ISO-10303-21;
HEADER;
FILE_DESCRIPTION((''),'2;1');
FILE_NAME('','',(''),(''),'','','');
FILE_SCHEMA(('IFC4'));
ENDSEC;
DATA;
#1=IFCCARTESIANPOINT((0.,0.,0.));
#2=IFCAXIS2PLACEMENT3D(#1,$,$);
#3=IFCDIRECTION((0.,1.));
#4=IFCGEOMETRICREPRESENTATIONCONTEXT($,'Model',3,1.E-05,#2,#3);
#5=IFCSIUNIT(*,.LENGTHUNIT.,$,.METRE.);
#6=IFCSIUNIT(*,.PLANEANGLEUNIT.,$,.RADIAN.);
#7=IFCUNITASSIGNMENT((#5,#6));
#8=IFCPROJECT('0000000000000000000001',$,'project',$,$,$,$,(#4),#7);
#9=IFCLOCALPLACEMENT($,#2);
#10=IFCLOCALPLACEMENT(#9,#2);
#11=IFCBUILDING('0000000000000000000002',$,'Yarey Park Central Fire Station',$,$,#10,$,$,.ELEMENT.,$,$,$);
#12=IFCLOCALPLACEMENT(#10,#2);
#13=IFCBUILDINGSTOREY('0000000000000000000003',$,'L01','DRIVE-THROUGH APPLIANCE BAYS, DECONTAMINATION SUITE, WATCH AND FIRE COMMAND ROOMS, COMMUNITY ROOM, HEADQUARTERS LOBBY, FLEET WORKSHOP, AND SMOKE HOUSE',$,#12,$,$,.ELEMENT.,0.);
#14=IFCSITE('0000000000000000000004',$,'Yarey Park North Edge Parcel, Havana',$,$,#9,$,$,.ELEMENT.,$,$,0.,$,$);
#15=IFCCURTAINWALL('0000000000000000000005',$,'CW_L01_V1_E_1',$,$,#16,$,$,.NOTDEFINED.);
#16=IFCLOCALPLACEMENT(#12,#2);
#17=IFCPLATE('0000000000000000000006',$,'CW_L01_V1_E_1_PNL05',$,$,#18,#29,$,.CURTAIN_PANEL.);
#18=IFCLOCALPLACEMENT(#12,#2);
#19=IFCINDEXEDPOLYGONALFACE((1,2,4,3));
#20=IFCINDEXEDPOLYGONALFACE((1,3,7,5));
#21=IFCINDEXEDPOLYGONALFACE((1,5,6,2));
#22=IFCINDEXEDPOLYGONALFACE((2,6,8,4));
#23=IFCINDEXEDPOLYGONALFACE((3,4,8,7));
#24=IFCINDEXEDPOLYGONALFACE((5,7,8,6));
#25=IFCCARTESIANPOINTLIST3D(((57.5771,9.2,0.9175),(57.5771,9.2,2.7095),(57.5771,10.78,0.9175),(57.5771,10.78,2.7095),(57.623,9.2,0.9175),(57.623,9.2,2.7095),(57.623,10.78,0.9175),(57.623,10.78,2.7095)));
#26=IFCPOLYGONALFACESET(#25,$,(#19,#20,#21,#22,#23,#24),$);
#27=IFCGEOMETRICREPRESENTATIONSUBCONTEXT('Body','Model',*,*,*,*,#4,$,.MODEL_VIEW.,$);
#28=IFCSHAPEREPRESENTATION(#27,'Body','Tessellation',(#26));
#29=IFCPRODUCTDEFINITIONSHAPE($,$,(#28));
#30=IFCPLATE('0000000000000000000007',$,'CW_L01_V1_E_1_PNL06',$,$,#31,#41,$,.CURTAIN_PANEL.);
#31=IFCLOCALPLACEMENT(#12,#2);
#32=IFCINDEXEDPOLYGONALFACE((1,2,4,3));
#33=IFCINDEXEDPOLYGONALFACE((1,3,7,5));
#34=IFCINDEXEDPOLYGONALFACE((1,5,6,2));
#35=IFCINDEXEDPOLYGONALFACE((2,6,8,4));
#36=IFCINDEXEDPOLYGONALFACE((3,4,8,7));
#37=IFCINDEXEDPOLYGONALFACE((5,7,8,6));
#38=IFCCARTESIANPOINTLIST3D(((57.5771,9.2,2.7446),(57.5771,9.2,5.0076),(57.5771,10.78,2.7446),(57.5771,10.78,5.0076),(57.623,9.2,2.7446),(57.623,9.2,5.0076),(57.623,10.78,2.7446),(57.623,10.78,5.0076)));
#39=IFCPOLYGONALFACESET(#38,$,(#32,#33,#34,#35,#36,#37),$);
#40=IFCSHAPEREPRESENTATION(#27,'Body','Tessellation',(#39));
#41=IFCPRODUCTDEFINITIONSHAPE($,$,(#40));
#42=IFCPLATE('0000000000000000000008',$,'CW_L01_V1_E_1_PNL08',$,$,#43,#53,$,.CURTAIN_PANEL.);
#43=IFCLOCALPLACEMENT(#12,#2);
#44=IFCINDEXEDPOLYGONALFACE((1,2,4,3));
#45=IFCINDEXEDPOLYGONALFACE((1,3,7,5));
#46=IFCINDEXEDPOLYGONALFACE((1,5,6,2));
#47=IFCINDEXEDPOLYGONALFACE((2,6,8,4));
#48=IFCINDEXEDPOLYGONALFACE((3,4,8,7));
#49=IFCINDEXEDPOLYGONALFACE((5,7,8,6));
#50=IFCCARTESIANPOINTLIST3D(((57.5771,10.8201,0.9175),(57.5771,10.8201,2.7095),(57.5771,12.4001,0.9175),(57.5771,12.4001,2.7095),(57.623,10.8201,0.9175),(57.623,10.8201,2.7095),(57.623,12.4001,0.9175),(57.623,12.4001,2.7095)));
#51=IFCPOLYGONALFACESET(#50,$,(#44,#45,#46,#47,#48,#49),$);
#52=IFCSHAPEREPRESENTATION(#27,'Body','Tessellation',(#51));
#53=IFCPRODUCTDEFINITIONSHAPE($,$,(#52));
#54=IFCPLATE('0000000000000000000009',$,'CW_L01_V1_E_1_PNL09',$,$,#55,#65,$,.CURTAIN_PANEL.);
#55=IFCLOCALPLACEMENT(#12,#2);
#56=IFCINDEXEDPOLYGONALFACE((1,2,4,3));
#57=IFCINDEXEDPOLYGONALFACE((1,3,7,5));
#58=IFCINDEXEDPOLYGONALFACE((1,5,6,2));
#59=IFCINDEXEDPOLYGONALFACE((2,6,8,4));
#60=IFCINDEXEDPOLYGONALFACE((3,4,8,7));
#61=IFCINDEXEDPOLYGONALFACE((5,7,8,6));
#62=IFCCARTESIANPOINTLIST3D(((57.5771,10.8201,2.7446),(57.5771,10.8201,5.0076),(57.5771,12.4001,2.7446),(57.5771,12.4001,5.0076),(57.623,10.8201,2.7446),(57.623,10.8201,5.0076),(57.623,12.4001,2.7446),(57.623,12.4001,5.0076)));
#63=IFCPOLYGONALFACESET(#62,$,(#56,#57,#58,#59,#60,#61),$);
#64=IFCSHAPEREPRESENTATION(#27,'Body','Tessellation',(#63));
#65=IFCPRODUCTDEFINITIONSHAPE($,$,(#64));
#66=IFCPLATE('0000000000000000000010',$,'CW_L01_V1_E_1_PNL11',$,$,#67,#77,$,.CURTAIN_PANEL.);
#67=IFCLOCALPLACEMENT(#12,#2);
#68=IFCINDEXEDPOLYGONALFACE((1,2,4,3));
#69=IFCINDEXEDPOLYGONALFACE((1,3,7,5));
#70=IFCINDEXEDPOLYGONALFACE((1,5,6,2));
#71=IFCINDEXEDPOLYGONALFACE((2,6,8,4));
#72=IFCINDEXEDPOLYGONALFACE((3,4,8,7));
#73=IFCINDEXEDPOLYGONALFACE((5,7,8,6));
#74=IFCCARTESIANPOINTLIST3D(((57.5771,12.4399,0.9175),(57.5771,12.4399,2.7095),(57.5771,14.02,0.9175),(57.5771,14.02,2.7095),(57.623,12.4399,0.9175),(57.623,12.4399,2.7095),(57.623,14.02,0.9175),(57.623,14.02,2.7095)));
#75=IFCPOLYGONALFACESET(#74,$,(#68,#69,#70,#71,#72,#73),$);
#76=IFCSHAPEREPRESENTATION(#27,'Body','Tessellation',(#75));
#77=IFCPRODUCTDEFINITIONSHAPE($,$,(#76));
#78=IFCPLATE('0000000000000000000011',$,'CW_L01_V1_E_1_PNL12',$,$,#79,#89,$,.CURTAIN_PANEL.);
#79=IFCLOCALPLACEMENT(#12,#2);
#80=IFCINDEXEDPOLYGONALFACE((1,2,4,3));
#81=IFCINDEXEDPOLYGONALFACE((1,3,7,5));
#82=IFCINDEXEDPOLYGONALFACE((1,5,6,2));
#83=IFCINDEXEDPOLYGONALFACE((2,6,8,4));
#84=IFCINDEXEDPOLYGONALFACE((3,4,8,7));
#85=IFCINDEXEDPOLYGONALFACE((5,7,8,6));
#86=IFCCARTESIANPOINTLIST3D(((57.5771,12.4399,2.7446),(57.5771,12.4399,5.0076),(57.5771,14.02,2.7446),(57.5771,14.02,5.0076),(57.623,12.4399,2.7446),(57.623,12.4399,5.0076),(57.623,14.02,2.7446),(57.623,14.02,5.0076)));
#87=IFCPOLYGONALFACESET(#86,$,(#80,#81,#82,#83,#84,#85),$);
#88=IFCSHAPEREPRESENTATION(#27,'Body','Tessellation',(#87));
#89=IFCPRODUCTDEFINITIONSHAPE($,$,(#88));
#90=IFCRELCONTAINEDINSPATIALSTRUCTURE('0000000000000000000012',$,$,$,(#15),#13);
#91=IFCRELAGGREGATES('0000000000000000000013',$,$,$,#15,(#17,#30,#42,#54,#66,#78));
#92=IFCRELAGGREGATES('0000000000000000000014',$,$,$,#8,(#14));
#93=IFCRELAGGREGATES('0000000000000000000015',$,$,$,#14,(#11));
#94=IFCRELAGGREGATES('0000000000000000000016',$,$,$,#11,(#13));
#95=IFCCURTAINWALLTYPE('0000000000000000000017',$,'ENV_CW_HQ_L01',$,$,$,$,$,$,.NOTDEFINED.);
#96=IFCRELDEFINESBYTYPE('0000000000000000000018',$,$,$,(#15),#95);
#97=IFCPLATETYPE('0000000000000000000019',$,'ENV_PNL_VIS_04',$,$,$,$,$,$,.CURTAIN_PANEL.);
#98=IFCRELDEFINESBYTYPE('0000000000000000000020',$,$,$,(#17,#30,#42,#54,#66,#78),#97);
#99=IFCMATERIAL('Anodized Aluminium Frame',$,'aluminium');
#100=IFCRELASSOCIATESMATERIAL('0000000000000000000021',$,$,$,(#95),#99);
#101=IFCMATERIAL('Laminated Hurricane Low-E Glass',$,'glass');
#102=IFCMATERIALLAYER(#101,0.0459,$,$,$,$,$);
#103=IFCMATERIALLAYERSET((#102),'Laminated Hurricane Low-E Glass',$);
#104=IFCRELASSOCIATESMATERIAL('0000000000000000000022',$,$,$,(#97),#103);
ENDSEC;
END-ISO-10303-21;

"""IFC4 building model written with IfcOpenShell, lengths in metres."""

from ifc_helpers import new_model, si_unit, direction, frame, origin, origin_2d, place, context, subcontext, project, spatial, rectangle, extrude, material, layer, layer_set, type_object, element, aggregate, save


model = new_model("IFC4")

# Units and contexts
model_context = context("Model", 3, precision=1e-05, world=origin(), true_north=direction((0.0, 1.0)))
body_context = subcontext(model_context, "Body", "Model", "MODEL_VIEW")
ifc_project = project(units=[si_unit("LENGTHUNIT", "METRE"), si_unit("PLANEANGLEUNIT", "RADIAN")], contexts=[model_context])

# Site, building, storey
site_placement = place(None, origin())
site = spatial("IfcSite", under=ifc_project, at=site_placement, Name="Yarey Park North Edge Parcel, Havana", CompositionType="ELEMENT", RefElevation=0.0)
building_placement = place(site_placement, origin())
building = spatial("IfcBuilding", under=site, at=building_placement, Name="Yarey Park Central Fire Station", CompositionType="ELEMENT")
storey_placement = place(building_placement, origin())
storey = spatial("IfcBuildingStorey", under=building, at=storey_placement, Name="L01", Description="DRIVE-THROUGH APPLIANCE BAYS, DECONTAMINATION SUITE, WATCH AND FIRE COMMAND ROOMS, COMMUNITY ROOM, HEADQUARTERS LOBBY, FLEET WORKSHOP, AND SMOKE HOUSE", CompositionType="ELEMENT", Elevation=0.0)

# Curtain wall
ifc_material_1 = material(Name="Anodized Aluminium Frame", Category="aluminium")
curtain_wall_type = type_object("IfcCurtainWallType", Name="ENV_CW_HQ_L01", PredefinedType="NOTDEFINED", material=ifc_material_1)
curtain_wall_1_placement = place(storey_placement, origin())
curtain_wall_1 = element("IfcCurtainWall", 1, at=curtain_wall_1_placement, inside=storey, type_object=curtain_wall_type, Name="CW_L01_V1_E_1", PredefinedType="NOTDEFINED")

# Plates
ifc_material_2 = material(Name="Laminated Hurricane Low-E Glass", Category="glass")
ifc_layer_1 = layer(ifc_material_2, 0.0459)
ifc_layer_set_1 = layer_set([ifc_layer_1], Name="Laminated Hurricane Low-E Glass")
plate_type_1 = type_object("IfcPlateType", Name="ENV_PNL_VIS_04", PredefinedType="CURTAIN_PANEL", material=ifc_layer_set_1)
plate_1_placement = place(storey_placement, frame((57.6001, 9.99, 0.9175), z_axis=(0.0, 0.0, 1.0), x_axis=(0.0, 1.0, 0.0)))
plate_1 = element("IfcPlate", 2, at=plate_1_placement, type_object=plate_type_1, Name="CW_L01_V1_E_1_PNL05", PredefinedType="CURTAIN_PANEL", context=body_context, shape_type="SweptSolid", body=[
    extrude(rectangle(XDim=1.5801, YDim=0.0459, at=origin_2d()), origin(), (0.0, 0.0, 1.0), 1.792),
])
plate_2_placement = place(storey_placement, frame((57.6001, 9.99, 2.7446), z_axis=(0.0, 0.0, 1.0), x_axis=(0.0, 1.0, 0.0)))
plate_2 = element("IfcPlate", 3, at=plate_2_placement, type_object=plate_type_1, Name="CW_L01_V1_E_1_PNL06", PredefinedType="CURTAIN_PANEL", context=body_context, shape_type="SweptSolid", body=[
    extrude(rectangle(XDim=1.5801, YDim=0.0459, at=origin_2d()), origin(), (0.0, 0.0, 1.0), 2.2629),
])
plate_3_placement = place(storey_placement, frame((57.6001, 11.6101, 0.9175), z_axis=(0.0, 0.0, 1.0), x_axis=(0.0, 1.0, 0.0)))
plate_3 = element("IfcPlate", 4, at=plate_3_placement, type_object=plate_type_1, Name="CW_L01_V1_E_1_PNL08", PredefinedType="CURTAIN_PANEL", context=body_context, shape_type="SweptSolid", body=[
    extrude(rectangle(XDim=1.5801, YDim=0.0459, at=origin_2d()), origin(), (0.0, 0.0, 1.0), 1.792),
])
plate_4_placement = place(storey_placement, frame((57.6001, 11.6101, 2.7446), z_axis=(0.0, 0.0, 1.0), x_axis=(0.0, 1.0, 0.0)))
plate_4 = element("IfcPlate", 5, at=plate_4_placement, type_object=plate_type_1, Name="CW_L01_V1_E_1_PNL09", PredefinedType="CURTAIN_PANEL", context=body_context, shape_type="SweptSolid", body=[
    extrude(rectangle(XDim=1.5801, YDim=0.0459, at=origin_2d()), origin(), (0.0, 0.0, 1.0), 2.2629),
])
plate_5_placement = place(storey_placement, frame((57.6001, 13.23, 0.9175), z_axis=(0.0, 0.0, 1.0), x_axis=(0.0, 1.0, 0.0)))
plate_5 = element("IfcPlate", 6, at=plate_5_placement, type_object=plate_type_1, Name="CW_L01_V1_E_1_PNL11", PredefinedType="CURTAIN_PANEL", context=body_context, shape_type="SweptSolid", body=[
    extrude(rectangle(XDim=1.5801, YDim=0.0459, at=origin_2d()), origin(), (0.0, 0.0, 1.0), 1.792),
])
plate_6_placement = place(storey_placement, frame((57.6001, 13.23, 2.7446), z_axis=(0.0, 0.0, 1.0), x_axis=(0.0, 1.0, 0.0)))
plate_6 = element("IfcPlate", 7, at=plate_6_placement, type_object=plate_type_1, Name="CW_L01_V1_E_1_PNL12", PredefinedType="CURTAIN_PANEL", context=body_context, shape_type="SweptSolid", body=[
    extrude(rectangle(XDim=1.5801, YDim=0.0459, at=origin_2d()), origin(), (0.0, 0.0, 1.0), 2.2629),
])
aggregate(curtain_wall_1, [plate_1, plate_2, plate_3, plate_4, plate_5, plate_6])

save(model, "model.ifc")
